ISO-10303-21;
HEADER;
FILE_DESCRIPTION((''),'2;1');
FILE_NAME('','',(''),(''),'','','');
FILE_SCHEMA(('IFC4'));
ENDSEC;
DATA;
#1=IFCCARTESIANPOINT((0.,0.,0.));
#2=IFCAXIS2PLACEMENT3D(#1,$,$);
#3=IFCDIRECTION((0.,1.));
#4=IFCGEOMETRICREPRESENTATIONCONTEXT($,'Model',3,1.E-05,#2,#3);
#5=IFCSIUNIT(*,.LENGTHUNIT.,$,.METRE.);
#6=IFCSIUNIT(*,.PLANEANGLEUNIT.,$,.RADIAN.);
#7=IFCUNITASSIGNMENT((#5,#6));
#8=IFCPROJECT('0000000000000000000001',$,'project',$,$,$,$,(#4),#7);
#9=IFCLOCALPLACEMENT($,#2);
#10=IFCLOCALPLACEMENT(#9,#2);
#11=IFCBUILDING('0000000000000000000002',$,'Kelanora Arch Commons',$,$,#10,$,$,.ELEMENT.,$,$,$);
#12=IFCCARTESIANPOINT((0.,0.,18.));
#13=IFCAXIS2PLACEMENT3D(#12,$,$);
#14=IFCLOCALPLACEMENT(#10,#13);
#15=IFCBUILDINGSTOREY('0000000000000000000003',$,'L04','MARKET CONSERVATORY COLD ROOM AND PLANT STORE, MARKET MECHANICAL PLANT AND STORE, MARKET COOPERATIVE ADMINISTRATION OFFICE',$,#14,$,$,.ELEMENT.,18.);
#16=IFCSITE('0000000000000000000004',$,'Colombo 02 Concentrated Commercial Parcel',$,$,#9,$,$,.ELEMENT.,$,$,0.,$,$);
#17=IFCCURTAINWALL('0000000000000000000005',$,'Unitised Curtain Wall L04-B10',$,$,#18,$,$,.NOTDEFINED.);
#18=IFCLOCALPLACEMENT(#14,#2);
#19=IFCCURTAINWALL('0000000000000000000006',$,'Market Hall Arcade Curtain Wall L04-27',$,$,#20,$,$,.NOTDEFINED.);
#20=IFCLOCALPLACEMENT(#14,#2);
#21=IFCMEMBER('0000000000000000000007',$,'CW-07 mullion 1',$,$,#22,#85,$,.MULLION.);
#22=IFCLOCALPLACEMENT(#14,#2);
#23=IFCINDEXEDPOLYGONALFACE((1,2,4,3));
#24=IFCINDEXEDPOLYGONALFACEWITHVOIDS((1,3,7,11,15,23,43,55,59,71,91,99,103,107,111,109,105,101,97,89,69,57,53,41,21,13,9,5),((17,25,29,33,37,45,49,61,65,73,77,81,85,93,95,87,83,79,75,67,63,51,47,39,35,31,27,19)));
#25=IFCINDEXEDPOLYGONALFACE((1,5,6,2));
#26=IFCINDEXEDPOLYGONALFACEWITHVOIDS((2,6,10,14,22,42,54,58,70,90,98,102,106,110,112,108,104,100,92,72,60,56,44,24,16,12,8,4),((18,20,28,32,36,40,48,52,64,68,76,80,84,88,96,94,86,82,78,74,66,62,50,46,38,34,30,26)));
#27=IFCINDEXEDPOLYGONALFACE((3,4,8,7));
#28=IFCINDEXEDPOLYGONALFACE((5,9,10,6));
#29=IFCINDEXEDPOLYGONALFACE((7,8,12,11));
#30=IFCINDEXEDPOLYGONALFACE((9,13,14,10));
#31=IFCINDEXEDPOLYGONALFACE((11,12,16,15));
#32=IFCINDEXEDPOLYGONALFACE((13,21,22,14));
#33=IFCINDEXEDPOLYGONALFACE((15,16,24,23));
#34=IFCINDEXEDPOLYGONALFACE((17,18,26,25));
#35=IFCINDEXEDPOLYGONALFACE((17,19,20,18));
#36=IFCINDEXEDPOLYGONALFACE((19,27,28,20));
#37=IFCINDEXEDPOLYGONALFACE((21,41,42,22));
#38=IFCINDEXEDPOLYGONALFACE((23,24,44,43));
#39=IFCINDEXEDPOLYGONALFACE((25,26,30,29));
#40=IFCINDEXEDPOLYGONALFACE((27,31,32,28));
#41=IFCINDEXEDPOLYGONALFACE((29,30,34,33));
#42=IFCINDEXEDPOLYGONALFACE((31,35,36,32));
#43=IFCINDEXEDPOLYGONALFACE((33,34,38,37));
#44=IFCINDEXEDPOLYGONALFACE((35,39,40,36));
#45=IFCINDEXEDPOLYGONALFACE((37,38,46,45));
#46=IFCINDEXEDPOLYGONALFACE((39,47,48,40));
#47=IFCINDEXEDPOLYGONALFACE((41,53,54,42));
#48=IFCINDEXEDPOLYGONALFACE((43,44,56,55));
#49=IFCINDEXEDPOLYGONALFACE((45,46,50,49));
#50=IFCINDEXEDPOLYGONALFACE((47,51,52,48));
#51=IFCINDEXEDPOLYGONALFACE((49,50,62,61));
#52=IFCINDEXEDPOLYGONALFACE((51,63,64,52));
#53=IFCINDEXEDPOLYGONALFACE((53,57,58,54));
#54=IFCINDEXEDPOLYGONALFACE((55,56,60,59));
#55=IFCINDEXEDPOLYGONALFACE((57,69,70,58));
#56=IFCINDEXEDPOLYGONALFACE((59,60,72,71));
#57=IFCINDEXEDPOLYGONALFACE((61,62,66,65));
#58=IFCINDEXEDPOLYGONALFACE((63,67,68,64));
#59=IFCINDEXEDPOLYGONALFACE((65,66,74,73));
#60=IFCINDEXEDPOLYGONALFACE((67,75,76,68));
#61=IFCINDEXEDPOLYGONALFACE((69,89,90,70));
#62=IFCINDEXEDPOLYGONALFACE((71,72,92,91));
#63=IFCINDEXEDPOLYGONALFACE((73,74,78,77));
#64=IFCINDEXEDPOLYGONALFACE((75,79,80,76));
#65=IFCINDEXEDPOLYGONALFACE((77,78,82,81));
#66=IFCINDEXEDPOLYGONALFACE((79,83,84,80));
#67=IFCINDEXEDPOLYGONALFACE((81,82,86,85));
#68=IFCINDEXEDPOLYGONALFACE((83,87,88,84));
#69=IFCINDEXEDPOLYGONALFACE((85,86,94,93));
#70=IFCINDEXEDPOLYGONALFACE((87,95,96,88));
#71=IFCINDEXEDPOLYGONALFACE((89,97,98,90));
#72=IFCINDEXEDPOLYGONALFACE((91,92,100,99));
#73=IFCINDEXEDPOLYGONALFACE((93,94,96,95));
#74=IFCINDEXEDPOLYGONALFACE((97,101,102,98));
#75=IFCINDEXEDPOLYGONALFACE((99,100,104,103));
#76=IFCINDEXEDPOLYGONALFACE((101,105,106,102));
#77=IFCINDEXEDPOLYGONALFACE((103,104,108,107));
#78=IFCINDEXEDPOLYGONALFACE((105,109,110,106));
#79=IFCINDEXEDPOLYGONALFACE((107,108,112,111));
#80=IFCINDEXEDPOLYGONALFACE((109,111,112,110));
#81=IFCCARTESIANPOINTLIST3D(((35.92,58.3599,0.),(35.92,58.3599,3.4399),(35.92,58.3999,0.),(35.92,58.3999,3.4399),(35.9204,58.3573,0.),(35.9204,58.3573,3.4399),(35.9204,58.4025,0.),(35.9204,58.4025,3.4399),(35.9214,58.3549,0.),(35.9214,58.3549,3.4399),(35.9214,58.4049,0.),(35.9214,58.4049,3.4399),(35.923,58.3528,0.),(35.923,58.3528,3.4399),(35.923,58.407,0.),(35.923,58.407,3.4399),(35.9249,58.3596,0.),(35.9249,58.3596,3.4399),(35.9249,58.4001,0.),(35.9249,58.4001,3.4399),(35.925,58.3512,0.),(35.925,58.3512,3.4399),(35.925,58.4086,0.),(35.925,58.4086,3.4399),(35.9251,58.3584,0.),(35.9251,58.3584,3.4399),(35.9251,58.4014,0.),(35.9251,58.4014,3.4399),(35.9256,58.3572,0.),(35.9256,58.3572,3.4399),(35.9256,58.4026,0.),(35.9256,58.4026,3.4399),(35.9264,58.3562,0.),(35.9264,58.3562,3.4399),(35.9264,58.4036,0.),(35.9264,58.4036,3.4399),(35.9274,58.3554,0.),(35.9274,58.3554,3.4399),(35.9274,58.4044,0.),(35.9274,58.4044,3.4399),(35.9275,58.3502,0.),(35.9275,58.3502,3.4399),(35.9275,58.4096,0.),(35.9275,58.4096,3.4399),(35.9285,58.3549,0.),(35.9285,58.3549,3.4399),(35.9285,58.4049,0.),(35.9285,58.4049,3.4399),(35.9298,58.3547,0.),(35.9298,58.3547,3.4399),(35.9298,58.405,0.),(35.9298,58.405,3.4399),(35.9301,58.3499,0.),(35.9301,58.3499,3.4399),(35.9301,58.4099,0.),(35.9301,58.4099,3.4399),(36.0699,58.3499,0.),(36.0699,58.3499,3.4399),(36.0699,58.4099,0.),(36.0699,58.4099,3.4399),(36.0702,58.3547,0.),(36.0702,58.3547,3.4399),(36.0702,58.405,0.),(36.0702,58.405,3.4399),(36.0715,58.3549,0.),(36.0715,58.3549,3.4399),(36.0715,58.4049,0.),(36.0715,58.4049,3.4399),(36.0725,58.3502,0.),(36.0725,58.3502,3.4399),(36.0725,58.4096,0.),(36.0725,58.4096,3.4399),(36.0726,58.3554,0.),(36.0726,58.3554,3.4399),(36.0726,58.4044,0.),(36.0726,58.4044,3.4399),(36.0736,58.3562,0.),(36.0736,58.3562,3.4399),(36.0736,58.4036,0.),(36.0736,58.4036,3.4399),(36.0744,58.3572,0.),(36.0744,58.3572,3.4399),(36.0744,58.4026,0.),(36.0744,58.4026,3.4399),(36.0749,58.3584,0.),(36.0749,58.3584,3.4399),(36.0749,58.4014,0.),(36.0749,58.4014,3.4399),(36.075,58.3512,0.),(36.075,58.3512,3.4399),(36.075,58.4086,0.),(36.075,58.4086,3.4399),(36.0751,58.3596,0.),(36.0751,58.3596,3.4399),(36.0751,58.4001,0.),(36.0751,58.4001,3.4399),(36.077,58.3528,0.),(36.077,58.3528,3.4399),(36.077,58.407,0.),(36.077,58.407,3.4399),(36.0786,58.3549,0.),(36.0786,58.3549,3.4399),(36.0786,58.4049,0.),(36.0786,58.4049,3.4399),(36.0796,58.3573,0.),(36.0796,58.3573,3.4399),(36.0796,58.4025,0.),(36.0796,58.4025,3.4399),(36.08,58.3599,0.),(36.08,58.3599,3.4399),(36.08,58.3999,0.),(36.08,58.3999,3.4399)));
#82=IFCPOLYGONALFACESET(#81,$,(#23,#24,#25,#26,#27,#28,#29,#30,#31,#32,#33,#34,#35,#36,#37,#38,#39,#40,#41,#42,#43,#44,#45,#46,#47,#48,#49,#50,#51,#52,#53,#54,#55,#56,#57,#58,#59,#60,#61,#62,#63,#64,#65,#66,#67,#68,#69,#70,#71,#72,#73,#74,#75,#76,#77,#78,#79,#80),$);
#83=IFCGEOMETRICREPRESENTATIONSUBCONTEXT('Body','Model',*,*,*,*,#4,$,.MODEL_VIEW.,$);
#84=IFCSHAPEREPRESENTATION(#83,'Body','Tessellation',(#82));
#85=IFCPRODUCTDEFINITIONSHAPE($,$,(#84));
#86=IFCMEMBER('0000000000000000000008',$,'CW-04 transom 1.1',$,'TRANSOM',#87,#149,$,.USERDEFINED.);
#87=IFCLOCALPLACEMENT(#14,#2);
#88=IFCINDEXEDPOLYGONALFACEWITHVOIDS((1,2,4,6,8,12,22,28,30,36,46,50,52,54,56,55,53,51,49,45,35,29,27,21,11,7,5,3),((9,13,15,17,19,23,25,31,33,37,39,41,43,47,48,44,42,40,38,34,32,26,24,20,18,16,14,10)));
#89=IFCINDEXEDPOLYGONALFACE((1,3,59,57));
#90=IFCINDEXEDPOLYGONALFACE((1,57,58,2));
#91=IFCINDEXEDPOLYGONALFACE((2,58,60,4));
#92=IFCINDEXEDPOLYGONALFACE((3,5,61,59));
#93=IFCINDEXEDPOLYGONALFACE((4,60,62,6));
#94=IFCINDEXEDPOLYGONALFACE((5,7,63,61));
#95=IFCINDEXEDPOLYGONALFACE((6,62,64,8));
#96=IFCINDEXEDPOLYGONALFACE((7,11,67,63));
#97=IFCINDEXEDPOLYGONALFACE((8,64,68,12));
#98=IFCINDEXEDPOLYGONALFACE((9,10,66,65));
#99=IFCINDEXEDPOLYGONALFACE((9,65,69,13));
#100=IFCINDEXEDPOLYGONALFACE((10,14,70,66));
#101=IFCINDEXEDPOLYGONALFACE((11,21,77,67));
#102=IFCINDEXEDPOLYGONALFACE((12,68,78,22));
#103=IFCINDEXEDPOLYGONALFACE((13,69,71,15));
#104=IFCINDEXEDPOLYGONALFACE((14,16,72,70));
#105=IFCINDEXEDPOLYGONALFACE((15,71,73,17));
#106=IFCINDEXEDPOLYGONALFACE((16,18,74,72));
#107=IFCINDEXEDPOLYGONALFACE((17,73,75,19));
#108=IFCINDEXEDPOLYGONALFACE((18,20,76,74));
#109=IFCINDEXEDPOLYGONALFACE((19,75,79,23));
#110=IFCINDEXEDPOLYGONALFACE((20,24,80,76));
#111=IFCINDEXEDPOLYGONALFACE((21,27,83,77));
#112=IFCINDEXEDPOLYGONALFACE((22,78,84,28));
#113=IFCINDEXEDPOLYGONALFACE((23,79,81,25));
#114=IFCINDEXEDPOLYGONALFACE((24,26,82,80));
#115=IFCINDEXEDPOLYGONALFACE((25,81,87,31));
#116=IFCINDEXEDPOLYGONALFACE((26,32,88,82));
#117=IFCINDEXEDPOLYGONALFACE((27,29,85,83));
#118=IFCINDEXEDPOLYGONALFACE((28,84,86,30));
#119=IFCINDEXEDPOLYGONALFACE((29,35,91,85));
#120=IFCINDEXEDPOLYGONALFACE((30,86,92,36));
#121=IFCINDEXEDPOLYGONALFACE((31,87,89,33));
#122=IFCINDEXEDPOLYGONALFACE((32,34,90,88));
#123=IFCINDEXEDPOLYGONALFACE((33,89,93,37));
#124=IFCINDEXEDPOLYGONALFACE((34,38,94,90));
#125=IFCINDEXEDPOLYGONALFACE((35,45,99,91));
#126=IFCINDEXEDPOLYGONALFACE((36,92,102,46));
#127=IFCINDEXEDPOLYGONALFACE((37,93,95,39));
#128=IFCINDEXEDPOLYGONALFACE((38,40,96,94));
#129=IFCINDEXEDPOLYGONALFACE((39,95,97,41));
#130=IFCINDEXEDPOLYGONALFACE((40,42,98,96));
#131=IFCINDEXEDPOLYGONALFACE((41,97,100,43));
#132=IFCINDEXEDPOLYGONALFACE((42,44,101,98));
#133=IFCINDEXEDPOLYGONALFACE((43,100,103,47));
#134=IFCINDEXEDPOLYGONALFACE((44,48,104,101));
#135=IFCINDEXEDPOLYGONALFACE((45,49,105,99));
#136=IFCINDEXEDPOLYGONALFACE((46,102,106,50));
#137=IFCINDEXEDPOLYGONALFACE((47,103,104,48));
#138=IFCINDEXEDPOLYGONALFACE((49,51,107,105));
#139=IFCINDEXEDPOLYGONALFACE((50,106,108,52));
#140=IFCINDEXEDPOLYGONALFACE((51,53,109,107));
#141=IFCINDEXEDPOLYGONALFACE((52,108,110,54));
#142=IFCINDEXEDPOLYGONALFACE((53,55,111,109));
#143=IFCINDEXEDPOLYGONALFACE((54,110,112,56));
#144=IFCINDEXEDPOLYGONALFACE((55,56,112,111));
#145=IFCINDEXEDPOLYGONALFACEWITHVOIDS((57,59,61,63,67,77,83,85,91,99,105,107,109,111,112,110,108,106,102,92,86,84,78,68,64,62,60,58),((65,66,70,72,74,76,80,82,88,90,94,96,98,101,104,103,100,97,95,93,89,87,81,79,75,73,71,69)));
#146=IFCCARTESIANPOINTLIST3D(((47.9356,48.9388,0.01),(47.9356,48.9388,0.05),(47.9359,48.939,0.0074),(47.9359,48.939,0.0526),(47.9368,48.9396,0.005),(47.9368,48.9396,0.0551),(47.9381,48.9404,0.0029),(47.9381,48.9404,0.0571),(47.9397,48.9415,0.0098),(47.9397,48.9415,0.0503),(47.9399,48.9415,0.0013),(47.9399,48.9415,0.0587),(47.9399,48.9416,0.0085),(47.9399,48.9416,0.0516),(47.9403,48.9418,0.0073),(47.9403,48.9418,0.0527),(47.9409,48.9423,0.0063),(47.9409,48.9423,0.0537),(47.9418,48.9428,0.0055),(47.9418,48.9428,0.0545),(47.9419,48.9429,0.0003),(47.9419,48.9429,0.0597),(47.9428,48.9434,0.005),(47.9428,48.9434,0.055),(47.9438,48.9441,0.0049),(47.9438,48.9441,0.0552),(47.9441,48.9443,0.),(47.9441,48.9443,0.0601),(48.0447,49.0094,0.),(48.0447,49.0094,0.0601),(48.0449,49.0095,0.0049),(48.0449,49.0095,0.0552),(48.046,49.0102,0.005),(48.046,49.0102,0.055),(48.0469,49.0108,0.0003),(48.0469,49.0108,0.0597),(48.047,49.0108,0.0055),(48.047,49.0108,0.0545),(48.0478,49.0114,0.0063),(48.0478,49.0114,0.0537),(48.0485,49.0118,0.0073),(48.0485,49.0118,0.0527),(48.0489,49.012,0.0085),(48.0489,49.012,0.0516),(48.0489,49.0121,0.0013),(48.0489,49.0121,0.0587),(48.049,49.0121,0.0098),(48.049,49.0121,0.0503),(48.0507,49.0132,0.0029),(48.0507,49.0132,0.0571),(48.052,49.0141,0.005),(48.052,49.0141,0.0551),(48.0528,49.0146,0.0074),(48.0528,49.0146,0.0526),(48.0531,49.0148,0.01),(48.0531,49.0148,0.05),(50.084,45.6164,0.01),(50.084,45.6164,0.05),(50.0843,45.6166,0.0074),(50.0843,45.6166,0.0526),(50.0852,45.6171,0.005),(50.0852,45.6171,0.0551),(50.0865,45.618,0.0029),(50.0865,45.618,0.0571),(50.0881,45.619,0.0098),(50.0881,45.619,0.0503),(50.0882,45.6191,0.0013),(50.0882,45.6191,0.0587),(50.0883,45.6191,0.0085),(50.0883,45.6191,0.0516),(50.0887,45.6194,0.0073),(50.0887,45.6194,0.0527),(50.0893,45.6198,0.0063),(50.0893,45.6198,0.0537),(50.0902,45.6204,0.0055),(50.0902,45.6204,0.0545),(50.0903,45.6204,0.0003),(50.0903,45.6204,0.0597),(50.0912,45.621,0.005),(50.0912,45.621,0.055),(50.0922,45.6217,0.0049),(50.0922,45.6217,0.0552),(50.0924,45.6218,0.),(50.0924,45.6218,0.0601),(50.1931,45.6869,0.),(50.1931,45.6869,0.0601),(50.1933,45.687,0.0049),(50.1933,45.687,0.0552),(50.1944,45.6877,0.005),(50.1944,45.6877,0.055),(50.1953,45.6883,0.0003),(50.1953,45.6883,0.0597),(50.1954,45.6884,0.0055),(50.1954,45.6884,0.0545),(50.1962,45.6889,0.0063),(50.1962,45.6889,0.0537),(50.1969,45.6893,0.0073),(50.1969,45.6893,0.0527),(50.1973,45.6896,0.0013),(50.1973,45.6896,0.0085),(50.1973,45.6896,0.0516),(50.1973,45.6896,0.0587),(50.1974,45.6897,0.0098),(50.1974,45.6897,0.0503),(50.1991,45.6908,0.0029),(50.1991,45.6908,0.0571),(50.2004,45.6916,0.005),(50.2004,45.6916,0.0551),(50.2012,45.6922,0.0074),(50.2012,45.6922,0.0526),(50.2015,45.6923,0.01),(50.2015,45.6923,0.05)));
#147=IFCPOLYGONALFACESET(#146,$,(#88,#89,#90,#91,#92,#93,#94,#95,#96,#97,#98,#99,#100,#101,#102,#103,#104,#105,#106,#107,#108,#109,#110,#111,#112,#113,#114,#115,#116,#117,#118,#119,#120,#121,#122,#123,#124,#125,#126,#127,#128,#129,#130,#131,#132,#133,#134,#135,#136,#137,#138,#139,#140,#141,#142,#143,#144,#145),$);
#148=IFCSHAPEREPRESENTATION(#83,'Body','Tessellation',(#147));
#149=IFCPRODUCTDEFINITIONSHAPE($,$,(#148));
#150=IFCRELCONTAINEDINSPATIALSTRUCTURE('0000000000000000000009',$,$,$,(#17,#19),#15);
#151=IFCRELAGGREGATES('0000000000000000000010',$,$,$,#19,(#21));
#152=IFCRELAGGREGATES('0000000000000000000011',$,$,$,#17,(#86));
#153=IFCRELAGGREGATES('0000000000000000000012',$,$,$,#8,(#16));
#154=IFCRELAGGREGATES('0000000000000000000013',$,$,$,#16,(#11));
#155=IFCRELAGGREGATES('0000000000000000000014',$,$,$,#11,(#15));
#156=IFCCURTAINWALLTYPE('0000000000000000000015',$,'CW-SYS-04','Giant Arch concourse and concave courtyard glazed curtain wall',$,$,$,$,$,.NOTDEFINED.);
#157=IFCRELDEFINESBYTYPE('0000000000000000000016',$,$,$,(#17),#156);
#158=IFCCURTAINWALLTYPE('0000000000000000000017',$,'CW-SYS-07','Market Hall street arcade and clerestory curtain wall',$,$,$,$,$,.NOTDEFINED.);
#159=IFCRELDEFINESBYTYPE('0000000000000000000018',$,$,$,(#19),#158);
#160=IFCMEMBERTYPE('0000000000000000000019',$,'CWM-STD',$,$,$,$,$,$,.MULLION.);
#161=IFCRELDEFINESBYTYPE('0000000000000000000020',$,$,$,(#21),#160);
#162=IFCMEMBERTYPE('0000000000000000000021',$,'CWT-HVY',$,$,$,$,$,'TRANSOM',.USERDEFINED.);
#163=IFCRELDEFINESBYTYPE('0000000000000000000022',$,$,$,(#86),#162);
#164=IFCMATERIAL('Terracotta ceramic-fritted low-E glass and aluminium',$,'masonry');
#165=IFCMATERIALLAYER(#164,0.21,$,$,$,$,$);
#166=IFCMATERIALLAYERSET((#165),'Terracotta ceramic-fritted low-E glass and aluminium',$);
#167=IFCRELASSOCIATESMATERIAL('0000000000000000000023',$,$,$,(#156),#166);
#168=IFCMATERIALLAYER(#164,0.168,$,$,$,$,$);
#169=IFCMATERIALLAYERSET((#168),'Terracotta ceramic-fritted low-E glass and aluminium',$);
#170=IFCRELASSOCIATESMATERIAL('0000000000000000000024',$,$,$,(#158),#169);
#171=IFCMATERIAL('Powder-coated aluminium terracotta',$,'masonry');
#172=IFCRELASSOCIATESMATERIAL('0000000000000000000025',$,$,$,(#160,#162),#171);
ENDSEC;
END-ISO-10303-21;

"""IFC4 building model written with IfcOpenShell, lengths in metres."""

from ifc_helpers import new_model, si_unit, direction, frame, origin, origin_2d, place, context, subcontext, project, spatial, hollow_rectangle, extrude, material, layer, layer_set, material_profile, profile_set, type_object, element, aggregate, save


model = new_model("IFC4")

# Units and contexts
model_context = context("Model", 3, precision=1e-05, world=origin(), true_north=direction((0.0, 1.0)))
body_context = subcontext(model_context, "Body", "Model", "MODEL_VIEW")
ifc_project = project(units=[si_unit("LENGTHUNIT", "METRE"), si_unit("PLANEANGLEUNIT", "RADIAN")], contexts=[model_context])

# Site, building, storey
site_placement = place(None, origin())
site = spatial("IfcSite", under=ifc_project, at=site_placement, Name="Colombo 02 Concentrated Commercial Parcel", CompositionType="ELEMENT", RefElevation=0.0)
building_placement = place(site_placement, origin())
building = spatial("IfcBuilding", under=site, at=building_placement, Name="Kelanora Arch Commons", CompositionType="ELEMENT")
storey_placement = place(building_placement, frame((0.0, 0.0, 18.0)))
storey = spatial("IfcBuildingStorey", under=building, at=storey_placement, Name="L04", Description="MARKET CONSERVATORY COLD ROOM AND PLANT STORE, MARKET MECHANICAL PLANT AND STORE, MARKET COOPERATIVE ADMINISTRATION OFFICE", CompositionType="ELEMENT", Elevation=18.0)

# Curtain walls, member
ifc_material_1 = material(Name="Terracotta ceramic-fritted low-E glass and aluminium", Category="masonry")
ifc_layer_1 = layer(ifc_material_1, 0.21)
ifc_layer_set_1 = layer_set([ifc_layer_1], Name="Terracotta ceramic-fritted low-E glass and aluminium")
curtain_wall_type_1 = type_object("IfcCurtainWallType", Name="CW-SYS-04", Description="Giant Arch concourse and concave courtyard glazed curtain wall", PredefinedType="NOTDEFINED", material=ifc_layer_set_1)
ifc_material_2 = material(Name="Powder-coated aluminium terracotta", Category="masonry")
curtain_wall_1_placement = place(storey_placement, origin())
curtain_wall_1 = element("IfcCurtainWall", 1, at=curtain_wall_1_placement, inside=storey, type_object=curtain_wall_type_1, Name="Unitised Curtain Wall L04-B10", PredefinedType="NOTDEFINED")
ifc_layer_2 = layer(ifc_material_1, 0.168)
ifc_layer_set_2 = layer_set([ifc_layer_2], Name="Terracotta ceramic-fritted low-E glass and aluminium")
curtain_wall_type_2 = type_object("IfcCurtainWallType", Name="CW-SYS-07", Description="Market Hall street arcade and clerestory curtain wall", PredefinedType="NOTDEFINED", material=ifc_layer_set_2)
curtain_wall_2_placement = place(storey_placement, origin())
curtain_wall_2 = element("IfcCurtainWall", 2, at=curtain_wall_2_placement, inside=storey, type_object=curtain_wall_type_2, Name="Market Hall Arcade Curtain Wall L04-27", PredefinedType="NOTDEFINED")
ifc_material_profile_1 = material_profile(ifc_material_2, hollow_rectangle(XDim=0.1599, YDim=0.0601, WallThickness=0.0049, InnerFilletRadius=0.0049, OuterFilletRadius=0.01, at=origin_2d()), Name="CWM160x60")
ifc_profile_set_1 = profile_set([ifc_material_profile_1], Name="Powder-coated aluminium terracotta")
member_type_1 = type_object("IfcMemberType", Name="CWM-STD", PredefinedType="MULLION", material=ifc_profile_set_1)
member_1_placement = place(storey_placement, frame((36.0, 58.3799, 0.0), z_axis=(0.0, 0.0, 1.0), x_axis=(-1.0, 0.0, 0.0)))
member_1 = element("IfcMember", 3, at=member_1_placement, type_object=member_type_1, Name="CW-07 mullion 1", PredefinedType="MULLION", context=body_context, shape_type="SweptSolid", body=[
    extrude(hollow_rectangle(XDim=0.1599, YDim=0.0601, WallThickness=0.0049, InnerFilletRadius=0.0049, OuterFilletRadius=0.01, at=origin_2d()), origin(), (0.0, 0.0, 1.0), 3.4399),
])

# Member
ifc_material_profile_2 = material_profile(ifc_material_2, hollow_rectangle(XDim=0.1399, YDim=0.0601, WallThickness=0.0049, InnerFilletRadius=0.0049, OuterFilletRadius=0.01, at=origin_2d()), Name="CWT140x60")
ifc_profile_set_2 = profile_set([ifc_material_profile_2], Name="Powder-coated aluminium terracotta")
member_type_2 = type_object("IfcMemberType", Name="CWT-HVY", ElementType="TRANSOM", PredefinedType="USERDEFINED", material=ifc_profile_set_2)
member_2_placement = place(storey_placement, frame((47.9944, 48.9768, 0.03), z_axis=(0.542998, -0.839734, 0.0), x_axis=(0.839734, 0.542998, 0.0)))
member_2 = element("IfcMember", 4, at=member_2_placement, type_object=member_type_2, Name="CW-04 transom 1.1", ObjectType="TRANSOM", PredefinedType="USERDEFINED", context=body_context, shape_type="SweptSolid", body=[
    extrude(hollow_rectangle(XDim=0.1399, YDim=0.0601, WallThickness=0.0049, InnerFilletRadius=0.0049, OuterFilletRadius=0.01, at=origin_2d()), origin(), (0.0, 0.0, 1.0), 3.9565),
])
aggregate(curtain_wall_2, [member_1])

aggregate(curtain_wall_1, [member_2])

save(model, "model.ifc")
